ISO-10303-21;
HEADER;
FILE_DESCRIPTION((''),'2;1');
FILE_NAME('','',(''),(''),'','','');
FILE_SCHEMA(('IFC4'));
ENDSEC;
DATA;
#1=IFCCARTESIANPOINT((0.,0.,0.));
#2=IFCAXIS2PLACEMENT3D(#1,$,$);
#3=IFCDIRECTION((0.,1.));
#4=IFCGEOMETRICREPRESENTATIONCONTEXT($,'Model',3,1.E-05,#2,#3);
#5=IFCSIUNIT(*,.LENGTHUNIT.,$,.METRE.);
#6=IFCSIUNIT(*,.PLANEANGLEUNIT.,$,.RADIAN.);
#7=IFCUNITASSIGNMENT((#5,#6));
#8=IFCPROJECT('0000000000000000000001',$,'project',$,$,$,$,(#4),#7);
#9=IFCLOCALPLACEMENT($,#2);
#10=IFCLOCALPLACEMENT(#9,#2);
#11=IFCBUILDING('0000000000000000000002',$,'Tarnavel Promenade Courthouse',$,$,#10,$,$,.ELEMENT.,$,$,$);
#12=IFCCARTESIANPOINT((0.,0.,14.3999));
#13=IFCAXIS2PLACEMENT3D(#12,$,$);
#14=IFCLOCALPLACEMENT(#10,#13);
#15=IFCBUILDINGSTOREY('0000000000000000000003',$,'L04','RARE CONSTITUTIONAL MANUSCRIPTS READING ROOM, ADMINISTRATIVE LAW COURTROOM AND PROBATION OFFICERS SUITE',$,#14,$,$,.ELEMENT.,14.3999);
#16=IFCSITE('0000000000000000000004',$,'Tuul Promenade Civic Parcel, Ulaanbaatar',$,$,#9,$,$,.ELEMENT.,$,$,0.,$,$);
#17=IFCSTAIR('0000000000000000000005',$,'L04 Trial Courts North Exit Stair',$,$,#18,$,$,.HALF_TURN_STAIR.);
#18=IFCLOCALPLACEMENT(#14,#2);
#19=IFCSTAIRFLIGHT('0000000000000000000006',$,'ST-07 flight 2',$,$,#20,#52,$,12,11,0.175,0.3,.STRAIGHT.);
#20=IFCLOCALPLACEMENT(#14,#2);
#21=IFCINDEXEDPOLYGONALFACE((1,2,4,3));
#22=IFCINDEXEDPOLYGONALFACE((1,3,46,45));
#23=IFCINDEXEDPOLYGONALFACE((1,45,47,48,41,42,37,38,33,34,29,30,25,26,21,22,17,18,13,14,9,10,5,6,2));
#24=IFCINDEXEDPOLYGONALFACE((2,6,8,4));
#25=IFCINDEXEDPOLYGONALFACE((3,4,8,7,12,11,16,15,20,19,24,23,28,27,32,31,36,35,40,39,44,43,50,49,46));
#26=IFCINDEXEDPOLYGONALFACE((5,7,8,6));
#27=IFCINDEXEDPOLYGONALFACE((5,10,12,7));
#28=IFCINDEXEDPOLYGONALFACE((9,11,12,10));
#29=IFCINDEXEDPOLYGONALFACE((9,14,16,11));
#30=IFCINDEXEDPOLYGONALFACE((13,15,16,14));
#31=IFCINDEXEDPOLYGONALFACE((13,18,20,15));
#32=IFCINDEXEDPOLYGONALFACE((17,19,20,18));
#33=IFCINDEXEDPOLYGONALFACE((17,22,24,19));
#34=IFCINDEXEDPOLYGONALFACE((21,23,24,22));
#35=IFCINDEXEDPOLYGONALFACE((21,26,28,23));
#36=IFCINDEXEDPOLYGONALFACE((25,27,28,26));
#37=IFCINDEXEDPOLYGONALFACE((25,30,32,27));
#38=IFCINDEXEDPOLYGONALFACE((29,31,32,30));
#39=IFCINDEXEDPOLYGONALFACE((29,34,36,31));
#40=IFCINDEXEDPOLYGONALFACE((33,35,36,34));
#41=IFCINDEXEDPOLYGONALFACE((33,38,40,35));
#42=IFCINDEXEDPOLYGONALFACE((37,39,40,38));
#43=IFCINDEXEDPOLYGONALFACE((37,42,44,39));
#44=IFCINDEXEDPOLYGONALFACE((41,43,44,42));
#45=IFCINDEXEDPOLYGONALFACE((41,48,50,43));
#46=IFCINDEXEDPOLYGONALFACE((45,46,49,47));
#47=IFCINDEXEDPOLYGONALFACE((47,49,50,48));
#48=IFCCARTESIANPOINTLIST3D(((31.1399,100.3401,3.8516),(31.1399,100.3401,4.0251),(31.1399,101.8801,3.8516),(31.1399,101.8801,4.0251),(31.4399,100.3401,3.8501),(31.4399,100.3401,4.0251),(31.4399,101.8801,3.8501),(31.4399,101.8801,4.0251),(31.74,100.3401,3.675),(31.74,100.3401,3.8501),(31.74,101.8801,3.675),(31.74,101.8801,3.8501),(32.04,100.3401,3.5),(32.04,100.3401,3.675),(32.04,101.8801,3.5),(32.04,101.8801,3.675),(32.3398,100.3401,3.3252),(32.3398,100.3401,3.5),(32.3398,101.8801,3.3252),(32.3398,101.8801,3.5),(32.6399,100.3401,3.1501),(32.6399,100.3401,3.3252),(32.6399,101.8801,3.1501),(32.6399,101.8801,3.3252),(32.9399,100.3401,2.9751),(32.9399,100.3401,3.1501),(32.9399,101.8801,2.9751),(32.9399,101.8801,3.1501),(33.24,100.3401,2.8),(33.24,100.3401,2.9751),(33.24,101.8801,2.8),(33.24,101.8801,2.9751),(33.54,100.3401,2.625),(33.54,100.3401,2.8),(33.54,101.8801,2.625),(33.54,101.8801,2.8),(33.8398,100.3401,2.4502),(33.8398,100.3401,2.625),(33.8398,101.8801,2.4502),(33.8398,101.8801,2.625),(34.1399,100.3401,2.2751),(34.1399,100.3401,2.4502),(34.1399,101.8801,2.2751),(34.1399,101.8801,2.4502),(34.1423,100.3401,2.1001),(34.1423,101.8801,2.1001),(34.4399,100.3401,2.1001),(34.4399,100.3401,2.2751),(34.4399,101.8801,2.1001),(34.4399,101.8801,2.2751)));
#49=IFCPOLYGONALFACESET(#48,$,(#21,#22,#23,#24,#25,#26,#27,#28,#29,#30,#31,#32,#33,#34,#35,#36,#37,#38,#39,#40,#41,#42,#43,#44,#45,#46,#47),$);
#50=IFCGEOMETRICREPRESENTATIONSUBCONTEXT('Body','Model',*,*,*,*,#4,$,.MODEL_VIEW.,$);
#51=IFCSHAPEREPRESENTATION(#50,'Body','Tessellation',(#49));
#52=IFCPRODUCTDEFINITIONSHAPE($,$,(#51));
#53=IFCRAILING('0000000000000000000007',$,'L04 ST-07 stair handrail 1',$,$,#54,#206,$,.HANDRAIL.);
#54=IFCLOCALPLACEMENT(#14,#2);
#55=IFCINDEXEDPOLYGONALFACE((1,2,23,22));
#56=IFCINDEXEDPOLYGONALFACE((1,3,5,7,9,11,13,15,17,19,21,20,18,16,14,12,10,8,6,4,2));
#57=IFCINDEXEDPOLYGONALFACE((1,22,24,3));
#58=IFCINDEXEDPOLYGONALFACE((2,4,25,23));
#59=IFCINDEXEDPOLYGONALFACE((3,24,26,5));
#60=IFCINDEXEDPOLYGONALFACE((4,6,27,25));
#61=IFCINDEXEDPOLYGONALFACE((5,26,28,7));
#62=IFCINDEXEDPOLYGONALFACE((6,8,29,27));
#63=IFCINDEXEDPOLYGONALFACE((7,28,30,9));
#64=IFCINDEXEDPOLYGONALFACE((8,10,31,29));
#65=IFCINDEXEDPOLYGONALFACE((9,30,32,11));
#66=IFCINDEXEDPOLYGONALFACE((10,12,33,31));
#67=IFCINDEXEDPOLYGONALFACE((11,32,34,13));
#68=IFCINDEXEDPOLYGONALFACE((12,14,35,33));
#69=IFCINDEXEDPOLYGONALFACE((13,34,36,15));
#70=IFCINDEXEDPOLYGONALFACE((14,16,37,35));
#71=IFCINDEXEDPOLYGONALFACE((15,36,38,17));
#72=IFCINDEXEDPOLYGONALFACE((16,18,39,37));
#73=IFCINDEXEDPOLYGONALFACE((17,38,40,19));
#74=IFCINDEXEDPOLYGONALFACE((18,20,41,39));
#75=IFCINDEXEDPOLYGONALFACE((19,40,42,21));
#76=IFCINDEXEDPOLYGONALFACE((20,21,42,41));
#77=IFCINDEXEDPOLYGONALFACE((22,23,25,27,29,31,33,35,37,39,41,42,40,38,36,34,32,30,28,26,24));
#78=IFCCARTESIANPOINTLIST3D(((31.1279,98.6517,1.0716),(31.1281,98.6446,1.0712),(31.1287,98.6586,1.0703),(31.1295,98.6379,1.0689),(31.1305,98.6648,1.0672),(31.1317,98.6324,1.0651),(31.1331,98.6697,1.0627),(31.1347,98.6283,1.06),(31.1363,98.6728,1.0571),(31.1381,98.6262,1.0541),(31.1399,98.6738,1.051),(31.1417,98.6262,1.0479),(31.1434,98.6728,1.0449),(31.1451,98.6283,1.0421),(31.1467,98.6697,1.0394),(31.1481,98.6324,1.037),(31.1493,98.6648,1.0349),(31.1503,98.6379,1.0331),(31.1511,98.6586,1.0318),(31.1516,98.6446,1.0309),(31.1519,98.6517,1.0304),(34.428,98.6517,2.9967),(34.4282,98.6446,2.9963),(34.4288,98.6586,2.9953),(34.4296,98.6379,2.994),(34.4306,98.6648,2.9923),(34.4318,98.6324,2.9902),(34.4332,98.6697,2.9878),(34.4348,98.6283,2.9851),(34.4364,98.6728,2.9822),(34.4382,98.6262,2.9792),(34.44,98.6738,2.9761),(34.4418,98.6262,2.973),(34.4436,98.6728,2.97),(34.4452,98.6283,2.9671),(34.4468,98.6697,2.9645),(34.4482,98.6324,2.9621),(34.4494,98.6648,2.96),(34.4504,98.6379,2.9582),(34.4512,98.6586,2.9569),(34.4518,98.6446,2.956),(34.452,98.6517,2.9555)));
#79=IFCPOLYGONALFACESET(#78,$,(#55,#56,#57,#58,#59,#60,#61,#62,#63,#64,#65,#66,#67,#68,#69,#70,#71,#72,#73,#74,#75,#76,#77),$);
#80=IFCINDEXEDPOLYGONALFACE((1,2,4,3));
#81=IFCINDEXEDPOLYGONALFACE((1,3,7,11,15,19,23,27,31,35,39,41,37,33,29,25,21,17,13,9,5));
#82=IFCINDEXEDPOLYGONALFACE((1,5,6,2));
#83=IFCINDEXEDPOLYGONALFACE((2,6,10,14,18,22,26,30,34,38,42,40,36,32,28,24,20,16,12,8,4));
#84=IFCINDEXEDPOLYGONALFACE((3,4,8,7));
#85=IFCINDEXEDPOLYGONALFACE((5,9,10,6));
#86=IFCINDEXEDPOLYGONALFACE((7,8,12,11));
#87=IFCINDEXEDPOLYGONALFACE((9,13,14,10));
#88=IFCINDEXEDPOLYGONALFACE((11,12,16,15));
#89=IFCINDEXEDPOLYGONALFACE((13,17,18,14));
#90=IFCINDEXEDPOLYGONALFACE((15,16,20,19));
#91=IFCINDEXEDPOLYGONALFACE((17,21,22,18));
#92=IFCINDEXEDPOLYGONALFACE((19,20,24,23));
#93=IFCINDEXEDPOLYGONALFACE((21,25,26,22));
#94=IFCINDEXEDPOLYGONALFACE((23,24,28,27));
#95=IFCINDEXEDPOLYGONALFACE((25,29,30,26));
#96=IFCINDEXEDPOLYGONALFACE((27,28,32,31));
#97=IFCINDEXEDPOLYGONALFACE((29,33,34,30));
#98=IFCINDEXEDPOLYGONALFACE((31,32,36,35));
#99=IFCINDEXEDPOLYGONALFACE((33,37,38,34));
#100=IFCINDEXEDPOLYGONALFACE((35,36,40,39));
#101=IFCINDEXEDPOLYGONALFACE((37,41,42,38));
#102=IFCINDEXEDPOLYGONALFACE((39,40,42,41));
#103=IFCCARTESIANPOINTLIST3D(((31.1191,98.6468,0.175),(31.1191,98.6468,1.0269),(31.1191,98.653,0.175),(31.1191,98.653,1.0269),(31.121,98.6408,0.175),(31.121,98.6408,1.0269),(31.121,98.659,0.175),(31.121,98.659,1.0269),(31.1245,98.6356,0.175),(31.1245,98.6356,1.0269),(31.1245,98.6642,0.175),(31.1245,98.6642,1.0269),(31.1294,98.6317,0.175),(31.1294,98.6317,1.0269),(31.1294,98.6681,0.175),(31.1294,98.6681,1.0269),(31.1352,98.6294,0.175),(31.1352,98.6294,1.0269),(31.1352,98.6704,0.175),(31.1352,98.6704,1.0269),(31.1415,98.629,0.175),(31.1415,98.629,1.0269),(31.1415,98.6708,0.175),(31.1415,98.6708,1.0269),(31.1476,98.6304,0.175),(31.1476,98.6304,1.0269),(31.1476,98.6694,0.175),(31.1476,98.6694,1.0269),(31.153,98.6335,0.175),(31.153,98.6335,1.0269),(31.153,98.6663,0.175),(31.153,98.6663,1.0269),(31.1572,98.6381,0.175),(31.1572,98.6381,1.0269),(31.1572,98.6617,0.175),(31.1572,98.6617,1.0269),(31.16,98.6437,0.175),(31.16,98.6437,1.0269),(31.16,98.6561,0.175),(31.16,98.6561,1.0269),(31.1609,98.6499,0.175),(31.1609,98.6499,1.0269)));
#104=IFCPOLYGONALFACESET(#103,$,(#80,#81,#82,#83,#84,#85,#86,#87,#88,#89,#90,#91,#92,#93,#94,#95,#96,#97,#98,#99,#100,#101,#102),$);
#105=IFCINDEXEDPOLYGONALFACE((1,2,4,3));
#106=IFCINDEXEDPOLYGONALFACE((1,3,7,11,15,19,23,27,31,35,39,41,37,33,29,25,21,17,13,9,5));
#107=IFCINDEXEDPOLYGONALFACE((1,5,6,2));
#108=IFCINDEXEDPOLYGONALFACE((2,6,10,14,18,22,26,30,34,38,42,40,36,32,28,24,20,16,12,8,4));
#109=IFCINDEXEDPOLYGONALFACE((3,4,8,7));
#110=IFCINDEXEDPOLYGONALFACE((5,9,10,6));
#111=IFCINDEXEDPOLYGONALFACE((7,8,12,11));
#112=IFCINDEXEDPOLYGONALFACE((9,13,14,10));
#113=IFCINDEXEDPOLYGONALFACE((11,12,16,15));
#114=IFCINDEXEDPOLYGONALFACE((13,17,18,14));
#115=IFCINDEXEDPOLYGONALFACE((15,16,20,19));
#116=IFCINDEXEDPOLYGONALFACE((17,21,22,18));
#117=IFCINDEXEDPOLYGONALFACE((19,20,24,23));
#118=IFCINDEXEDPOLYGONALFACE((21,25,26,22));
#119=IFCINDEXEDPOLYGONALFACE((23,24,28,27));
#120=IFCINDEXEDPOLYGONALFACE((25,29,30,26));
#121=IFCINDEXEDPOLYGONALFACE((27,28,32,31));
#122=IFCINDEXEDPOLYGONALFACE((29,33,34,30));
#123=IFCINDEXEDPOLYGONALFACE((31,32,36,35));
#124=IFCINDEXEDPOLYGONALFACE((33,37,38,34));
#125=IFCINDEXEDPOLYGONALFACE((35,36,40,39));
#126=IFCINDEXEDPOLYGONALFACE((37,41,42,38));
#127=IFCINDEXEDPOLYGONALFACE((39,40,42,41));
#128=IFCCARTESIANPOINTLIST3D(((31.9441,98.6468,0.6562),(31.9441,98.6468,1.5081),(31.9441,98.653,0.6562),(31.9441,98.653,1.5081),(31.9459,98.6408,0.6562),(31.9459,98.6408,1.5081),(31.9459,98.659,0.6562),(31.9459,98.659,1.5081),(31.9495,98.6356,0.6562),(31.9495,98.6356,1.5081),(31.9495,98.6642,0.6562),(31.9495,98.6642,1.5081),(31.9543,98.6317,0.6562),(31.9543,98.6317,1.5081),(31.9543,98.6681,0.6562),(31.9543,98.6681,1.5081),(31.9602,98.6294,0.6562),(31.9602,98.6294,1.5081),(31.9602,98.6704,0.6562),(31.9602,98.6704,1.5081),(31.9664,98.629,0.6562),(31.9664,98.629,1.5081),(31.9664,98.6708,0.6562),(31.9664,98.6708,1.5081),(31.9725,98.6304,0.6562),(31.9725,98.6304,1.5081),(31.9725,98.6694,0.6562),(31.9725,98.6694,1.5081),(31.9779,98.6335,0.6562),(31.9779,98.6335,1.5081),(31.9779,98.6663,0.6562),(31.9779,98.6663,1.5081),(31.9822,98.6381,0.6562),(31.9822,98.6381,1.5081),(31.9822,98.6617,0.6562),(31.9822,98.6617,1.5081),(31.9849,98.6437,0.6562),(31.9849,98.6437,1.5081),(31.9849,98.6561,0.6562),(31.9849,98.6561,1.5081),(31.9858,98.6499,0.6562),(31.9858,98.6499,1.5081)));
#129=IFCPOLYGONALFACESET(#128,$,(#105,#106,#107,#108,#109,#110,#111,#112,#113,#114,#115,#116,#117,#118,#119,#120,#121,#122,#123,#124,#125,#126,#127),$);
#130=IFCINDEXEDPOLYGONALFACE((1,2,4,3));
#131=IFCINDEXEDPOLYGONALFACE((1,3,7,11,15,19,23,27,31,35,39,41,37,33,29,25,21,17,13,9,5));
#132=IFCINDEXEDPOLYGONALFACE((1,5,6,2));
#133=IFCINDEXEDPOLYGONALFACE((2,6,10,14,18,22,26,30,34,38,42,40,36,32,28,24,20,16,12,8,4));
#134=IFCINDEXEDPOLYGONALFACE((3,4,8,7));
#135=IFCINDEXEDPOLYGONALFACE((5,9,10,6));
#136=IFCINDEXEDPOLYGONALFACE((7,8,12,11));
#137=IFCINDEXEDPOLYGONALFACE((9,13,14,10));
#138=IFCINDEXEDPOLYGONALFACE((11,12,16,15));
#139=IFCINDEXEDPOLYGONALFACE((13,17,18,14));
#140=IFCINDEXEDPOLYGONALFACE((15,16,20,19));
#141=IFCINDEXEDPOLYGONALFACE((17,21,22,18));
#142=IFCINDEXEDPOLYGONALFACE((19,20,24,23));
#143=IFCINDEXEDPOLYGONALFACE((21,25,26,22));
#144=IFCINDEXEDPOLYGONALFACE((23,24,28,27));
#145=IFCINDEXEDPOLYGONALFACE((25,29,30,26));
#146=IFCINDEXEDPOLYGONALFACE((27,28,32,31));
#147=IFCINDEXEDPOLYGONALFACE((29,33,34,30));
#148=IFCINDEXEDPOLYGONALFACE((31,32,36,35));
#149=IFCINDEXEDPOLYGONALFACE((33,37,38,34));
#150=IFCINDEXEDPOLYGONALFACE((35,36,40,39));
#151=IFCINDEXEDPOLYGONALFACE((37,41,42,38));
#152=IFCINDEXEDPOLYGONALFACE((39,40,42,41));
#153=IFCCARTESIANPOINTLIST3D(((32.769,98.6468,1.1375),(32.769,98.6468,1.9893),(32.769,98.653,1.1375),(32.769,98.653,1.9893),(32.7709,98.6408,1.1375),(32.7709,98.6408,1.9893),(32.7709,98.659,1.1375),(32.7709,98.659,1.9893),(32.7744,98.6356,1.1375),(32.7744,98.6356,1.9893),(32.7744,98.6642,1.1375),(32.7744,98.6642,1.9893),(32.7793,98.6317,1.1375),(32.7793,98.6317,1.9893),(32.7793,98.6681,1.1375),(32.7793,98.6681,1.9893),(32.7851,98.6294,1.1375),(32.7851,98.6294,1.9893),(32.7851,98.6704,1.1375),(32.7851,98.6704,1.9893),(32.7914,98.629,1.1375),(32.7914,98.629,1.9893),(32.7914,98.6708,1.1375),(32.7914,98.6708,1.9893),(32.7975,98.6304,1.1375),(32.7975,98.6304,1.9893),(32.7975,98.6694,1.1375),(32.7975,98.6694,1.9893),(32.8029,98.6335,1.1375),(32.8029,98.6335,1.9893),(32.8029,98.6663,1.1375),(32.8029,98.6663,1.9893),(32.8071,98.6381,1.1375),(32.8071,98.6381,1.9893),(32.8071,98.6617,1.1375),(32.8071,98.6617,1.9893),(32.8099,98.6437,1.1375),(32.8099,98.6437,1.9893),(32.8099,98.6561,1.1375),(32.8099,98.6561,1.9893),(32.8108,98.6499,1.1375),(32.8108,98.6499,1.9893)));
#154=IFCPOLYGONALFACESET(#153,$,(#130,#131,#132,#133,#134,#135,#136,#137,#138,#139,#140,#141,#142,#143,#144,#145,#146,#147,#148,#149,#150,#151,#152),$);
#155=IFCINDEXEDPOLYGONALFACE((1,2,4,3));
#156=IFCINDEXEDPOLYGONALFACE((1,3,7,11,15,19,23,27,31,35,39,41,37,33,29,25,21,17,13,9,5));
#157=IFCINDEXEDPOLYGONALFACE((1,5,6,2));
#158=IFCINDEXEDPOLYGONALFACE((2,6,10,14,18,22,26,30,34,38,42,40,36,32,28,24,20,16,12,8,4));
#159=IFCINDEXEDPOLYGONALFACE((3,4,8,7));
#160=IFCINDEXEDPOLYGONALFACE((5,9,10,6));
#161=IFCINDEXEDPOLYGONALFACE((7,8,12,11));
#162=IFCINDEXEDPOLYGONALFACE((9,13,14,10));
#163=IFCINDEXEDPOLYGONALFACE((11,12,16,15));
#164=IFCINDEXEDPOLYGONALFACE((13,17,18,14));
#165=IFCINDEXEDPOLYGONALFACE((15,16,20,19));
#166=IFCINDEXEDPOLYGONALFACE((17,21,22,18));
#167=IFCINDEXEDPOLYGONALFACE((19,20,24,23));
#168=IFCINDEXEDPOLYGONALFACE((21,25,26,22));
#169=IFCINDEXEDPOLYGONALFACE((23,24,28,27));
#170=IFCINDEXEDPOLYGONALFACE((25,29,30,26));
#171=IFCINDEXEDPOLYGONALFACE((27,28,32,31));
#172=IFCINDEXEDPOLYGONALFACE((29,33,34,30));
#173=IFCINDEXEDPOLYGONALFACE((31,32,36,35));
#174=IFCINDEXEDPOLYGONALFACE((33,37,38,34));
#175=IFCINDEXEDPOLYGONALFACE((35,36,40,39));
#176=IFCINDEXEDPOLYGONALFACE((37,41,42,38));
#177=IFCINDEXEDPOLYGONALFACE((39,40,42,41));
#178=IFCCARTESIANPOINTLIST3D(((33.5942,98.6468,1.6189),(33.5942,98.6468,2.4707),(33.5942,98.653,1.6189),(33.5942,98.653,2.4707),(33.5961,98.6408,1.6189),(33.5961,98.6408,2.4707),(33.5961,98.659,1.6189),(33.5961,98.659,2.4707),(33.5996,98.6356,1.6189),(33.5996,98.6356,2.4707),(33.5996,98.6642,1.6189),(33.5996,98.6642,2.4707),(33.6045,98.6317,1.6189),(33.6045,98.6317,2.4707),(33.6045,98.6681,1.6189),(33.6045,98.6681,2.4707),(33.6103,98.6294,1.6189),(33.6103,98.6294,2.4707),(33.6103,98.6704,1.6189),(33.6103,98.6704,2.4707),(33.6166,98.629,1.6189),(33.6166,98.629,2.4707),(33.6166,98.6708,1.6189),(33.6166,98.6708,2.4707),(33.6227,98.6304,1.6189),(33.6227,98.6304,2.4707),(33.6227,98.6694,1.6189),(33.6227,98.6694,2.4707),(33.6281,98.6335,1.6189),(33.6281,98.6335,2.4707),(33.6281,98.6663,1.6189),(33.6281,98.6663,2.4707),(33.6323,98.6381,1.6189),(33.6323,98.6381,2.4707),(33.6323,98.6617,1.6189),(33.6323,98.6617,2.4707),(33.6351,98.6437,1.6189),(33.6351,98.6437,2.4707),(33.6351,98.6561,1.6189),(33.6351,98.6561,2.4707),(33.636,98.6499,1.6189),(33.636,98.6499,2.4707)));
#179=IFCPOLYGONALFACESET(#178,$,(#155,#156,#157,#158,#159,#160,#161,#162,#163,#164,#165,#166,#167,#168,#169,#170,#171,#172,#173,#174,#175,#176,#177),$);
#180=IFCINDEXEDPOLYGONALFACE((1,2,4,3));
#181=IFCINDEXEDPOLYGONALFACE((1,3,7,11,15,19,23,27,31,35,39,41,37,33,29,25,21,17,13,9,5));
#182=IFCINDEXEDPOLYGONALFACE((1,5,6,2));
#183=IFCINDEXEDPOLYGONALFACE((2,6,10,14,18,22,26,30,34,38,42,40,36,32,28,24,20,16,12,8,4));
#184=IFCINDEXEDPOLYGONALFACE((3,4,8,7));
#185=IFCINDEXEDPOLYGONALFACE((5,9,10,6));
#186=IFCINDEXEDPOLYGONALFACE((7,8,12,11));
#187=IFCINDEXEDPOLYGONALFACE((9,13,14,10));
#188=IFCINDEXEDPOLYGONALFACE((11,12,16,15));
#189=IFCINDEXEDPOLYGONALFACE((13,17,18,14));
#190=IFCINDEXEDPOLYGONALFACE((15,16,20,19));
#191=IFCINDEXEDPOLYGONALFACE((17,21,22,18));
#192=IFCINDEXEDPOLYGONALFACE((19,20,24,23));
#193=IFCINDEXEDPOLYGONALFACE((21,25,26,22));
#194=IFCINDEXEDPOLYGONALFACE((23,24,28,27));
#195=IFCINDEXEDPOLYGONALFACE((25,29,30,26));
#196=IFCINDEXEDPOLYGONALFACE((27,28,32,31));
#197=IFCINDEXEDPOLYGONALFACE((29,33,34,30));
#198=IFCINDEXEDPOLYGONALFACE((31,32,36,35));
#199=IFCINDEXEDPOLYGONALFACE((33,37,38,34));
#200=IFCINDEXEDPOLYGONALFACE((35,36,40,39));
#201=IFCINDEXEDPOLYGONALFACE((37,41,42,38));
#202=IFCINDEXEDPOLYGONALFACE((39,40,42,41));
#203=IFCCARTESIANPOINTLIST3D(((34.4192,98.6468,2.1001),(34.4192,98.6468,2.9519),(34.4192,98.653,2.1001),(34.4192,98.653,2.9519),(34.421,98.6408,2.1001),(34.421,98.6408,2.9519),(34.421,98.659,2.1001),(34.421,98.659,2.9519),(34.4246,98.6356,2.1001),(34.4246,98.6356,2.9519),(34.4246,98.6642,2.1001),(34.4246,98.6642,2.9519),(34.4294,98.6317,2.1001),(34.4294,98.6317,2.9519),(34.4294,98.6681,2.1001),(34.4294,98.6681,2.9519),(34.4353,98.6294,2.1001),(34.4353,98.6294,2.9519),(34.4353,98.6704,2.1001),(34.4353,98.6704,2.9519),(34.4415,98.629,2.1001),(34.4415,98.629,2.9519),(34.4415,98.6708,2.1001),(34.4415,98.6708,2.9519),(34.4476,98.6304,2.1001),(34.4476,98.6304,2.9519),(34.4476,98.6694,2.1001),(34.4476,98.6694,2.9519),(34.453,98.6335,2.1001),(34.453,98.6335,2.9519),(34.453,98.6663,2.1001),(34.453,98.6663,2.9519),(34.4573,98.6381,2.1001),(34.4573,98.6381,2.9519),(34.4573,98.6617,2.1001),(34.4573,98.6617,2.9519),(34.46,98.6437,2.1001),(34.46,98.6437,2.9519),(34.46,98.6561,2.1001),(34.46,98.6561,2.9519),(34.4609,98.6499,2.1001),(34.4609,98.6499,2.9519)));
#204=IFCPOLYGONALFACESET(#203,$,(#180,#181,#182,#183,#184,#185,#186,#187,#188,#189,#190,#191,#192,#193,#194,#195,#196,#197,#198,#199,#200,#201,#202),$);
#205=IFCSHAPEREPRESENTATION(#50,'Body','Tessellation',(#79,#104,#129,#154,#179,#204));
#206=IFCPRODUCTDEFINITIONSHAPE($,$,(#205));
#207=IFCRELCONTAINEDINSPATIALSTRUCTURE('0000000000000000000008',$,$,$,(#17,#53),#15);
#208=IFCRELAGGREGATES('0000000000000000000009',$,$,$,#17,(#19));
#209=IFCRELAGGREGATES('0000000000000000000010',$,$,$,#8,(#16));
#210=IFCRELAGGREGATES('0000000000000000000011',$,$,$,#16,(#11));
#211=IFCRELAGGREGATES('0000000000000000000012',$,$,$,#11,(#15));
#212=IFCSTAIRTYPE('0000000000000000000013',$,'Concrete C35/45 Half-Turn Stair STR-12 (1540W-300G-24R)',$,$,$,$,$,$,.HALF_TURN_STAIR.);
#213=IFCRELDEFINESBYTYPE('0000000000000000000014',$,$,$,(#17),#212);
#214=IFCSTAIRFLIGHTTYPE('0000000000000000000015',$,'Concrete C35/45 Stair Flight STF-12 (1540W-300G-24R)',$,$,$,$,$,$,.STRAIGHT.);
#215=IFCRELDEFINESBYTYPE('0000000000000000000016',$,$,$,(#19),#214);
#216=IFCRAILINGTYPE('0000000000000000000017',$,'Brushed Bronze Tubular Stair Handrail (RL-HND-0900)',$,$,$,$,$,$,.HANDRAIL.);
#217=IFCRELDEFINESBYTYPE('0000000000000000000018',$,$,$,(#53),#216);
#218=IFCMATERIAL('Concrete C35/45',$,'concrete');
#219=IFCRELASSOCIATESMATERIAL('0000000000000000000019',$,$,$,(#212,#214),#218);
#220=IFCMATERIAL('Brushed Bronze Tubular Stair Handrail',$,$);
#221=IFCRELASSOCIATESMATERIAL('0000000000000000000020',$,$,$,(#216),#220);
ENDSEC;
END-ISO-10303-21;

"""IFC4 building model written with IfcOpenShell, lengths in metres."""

from ifc_helpers import new_model, si_unit, direction, frame, origin, origin_2d, place, context, subcontext, project, spatial, polyline, circle, outline, extrude, material, type_object, element, aggregate, save


model = new_model("IFC4")

# Units and contexts
model_context = context("Model", 3, precision=1e-05, world=origin(), true_north=direction((0.0, 1.0)))
body_context = subcontext(model_context, "Body", "Model", "MODEL_VIEW")
ifc_project = project(units=[si_unit("LENGTHUNIT", "METRE"), si_unit("PLANEANGLEUNIT", "RADIAN")], contexts=[model_context])

# Site, building, storey
site_placement = place(None, origin())
site = spatial("IfcSite", under=ifc_project, at=site_placement, Name="Tuul Promenade Civic Parcel, Ulaanbaatar", CompositionType="ELEMENT", RefElevation=0.0)
building_placement = place(site_placement, origin())
building = spatial("IfcBuilding", under=site, at=building_placement, Name="Tarnavel Promenade Courthouse", CompositionType="ELEMENT")
storey_placement = place(building_placement, frame((0.0, 0.0, 14.3999)))
storey = spatial("IfcBuildingStorey", under=building, at=storey_placement, Name="L04", Description="RARE CONSTITUTIONAL MANUSCRIPTS READING ROOM, ADMINISTRATIVE LAW COURTROOM AND PROBATION OFFICERS SUITE", CompositionType="ELEMENT", Elevation=14.3999)

# Stair, stair flight
ifc_material_1 = material(Name="Concrete C35/45", Category="concrete")
stair_type = type_object("IfcStairType", Name="Concrete C35/45 Half-Turn Stair STR-12 (1540W-300G-24R)", PredefinedType="HALF_TURN_STAIR", material=ifc_material_1)
stair_placement = place(storey_placement, origin())
stair = element("IfcStair", 1, at=stair_placement, inside=storey, type_object=stair_type, Name="L04 Trial Courts North Exit Stair", PredefinedType="HALF_TURN_STAIR")
stair_flight_type = type_object("IfcStairFlightType", Name="Concrete C35/45 Stair Flight STF-12 (1540W-300G-24R)", PredefinedType="STRAIGHT", material=ifc_material_1)
stair_flight_1_placement = place(storey_placement, frame((34.4399, 101.1101, 2.1001), z_axis=(0.0, 0.0, 1.0), x_axis=(-1.0, 0.0, 0.0)))
stair_flight_1 = element("IfcStairFlight", 2, at=stair_flight_1_placement, type_object=stair_flight_type, Name="ST-07 flight 2", NumberOfRisers=12, NumberOfTreads=11, PredefinedType="STRAIGHT", RiserHeight=0.175, TreadLength=0.3, context=body_context, shape_type="SweptSolid", body=[
    extrude(outline(polyline([(0.0, 0.0), (0.0, 0.175), (0.3, 0.175), (0.3, 0.3501), (0.6001, 0.3501), (0.6001, 0.5249), (0.8999, 0.5249), (0.8999, 0.7), (1.2, 0.7), (1.2, 0.875), (1.5, 0.875), (1.5, 1.05), (1.8, 1.05), (1.8, 1.2251), (2.1001, 1.2251), (2.1001, 1.3999), (2.3999, 1.3999), (2.3999, 1.575), (2.7, 1.575), (2.7, 1.75), (3.0, 1.75), (3.0, 1.925), (3.3, 1.925), (3.3, 2.1001), (3.3, 1.7515), (0.2976, 0.0), (0.0, 0.0)])), frame((0.0, 0.77, 0.0), z_axis=(0.0, -1.0, 0.0), x_axis=(1.0, 0.0, 0.0)), (0.0, 0.0, 1.0), 1.54),
])
aggregate(stair, [stair_flight_1])

# Railing
ifc_material_2 = material(Name="Brushed Bronze Tubular Stair Handrail")
railing_type_1 = type_object("IfcRailingType", Name="Brushed Bronze Tubular Stair Handrail (RL-HND-0900)", PredefinedType="HANDRAIL", material=ifc_material_2)
railing_1_placement = place(storey_placement, frame((31.1399, 98.6499, 0.175)))
element("IfcRailing", 3, at=railing_1_placement, inside=storey, type_object=railing_type_1, Name="L04 ST-07 stair handrail 1", PredefinedType="HANDRAIL", context=body_context, shape_type="SweptSolid", body=[
    extrude(circle(Radius=0.0239, at=origin_2d()), frame((0.0, 0.0, 0.876), z_axis=(0.863777, 0.0, 0.503875), x_axis=(0.0, 1.0, 0.0)), (0.0, 0.0, 1.0), 3.8206),
    extrude(circle(Radius=0.021, at=origin_2d()), origin(), (0.0, 0.0, 1.0), 0.8518),
    extrude(circle(Radius=0.021, at=origin_2d()), frame((0.825, 0.0, 0.4812)), (0.0, 0.0, 1.0), 0.8518),
    extrude(circle(Radius=0.021, at=origin_2d()), frame((1.6499, 0.0, 0.9624)), (0.0, 0.0, 1.0), 0.8518),
    extrude(circle(Radius=0.021, at=origin_2d()), frame((2.4751, 0.0, 1.4438)), (0.0, 0.0, 1.0), 0.8518),
    extrude(circle(Radius=0.021, at=origin_2d()), frame((3.3, 0.0, 1.925)), (0.0, 0.0, 1.0), 0.8518),
])

save(model, "model.ifc")
